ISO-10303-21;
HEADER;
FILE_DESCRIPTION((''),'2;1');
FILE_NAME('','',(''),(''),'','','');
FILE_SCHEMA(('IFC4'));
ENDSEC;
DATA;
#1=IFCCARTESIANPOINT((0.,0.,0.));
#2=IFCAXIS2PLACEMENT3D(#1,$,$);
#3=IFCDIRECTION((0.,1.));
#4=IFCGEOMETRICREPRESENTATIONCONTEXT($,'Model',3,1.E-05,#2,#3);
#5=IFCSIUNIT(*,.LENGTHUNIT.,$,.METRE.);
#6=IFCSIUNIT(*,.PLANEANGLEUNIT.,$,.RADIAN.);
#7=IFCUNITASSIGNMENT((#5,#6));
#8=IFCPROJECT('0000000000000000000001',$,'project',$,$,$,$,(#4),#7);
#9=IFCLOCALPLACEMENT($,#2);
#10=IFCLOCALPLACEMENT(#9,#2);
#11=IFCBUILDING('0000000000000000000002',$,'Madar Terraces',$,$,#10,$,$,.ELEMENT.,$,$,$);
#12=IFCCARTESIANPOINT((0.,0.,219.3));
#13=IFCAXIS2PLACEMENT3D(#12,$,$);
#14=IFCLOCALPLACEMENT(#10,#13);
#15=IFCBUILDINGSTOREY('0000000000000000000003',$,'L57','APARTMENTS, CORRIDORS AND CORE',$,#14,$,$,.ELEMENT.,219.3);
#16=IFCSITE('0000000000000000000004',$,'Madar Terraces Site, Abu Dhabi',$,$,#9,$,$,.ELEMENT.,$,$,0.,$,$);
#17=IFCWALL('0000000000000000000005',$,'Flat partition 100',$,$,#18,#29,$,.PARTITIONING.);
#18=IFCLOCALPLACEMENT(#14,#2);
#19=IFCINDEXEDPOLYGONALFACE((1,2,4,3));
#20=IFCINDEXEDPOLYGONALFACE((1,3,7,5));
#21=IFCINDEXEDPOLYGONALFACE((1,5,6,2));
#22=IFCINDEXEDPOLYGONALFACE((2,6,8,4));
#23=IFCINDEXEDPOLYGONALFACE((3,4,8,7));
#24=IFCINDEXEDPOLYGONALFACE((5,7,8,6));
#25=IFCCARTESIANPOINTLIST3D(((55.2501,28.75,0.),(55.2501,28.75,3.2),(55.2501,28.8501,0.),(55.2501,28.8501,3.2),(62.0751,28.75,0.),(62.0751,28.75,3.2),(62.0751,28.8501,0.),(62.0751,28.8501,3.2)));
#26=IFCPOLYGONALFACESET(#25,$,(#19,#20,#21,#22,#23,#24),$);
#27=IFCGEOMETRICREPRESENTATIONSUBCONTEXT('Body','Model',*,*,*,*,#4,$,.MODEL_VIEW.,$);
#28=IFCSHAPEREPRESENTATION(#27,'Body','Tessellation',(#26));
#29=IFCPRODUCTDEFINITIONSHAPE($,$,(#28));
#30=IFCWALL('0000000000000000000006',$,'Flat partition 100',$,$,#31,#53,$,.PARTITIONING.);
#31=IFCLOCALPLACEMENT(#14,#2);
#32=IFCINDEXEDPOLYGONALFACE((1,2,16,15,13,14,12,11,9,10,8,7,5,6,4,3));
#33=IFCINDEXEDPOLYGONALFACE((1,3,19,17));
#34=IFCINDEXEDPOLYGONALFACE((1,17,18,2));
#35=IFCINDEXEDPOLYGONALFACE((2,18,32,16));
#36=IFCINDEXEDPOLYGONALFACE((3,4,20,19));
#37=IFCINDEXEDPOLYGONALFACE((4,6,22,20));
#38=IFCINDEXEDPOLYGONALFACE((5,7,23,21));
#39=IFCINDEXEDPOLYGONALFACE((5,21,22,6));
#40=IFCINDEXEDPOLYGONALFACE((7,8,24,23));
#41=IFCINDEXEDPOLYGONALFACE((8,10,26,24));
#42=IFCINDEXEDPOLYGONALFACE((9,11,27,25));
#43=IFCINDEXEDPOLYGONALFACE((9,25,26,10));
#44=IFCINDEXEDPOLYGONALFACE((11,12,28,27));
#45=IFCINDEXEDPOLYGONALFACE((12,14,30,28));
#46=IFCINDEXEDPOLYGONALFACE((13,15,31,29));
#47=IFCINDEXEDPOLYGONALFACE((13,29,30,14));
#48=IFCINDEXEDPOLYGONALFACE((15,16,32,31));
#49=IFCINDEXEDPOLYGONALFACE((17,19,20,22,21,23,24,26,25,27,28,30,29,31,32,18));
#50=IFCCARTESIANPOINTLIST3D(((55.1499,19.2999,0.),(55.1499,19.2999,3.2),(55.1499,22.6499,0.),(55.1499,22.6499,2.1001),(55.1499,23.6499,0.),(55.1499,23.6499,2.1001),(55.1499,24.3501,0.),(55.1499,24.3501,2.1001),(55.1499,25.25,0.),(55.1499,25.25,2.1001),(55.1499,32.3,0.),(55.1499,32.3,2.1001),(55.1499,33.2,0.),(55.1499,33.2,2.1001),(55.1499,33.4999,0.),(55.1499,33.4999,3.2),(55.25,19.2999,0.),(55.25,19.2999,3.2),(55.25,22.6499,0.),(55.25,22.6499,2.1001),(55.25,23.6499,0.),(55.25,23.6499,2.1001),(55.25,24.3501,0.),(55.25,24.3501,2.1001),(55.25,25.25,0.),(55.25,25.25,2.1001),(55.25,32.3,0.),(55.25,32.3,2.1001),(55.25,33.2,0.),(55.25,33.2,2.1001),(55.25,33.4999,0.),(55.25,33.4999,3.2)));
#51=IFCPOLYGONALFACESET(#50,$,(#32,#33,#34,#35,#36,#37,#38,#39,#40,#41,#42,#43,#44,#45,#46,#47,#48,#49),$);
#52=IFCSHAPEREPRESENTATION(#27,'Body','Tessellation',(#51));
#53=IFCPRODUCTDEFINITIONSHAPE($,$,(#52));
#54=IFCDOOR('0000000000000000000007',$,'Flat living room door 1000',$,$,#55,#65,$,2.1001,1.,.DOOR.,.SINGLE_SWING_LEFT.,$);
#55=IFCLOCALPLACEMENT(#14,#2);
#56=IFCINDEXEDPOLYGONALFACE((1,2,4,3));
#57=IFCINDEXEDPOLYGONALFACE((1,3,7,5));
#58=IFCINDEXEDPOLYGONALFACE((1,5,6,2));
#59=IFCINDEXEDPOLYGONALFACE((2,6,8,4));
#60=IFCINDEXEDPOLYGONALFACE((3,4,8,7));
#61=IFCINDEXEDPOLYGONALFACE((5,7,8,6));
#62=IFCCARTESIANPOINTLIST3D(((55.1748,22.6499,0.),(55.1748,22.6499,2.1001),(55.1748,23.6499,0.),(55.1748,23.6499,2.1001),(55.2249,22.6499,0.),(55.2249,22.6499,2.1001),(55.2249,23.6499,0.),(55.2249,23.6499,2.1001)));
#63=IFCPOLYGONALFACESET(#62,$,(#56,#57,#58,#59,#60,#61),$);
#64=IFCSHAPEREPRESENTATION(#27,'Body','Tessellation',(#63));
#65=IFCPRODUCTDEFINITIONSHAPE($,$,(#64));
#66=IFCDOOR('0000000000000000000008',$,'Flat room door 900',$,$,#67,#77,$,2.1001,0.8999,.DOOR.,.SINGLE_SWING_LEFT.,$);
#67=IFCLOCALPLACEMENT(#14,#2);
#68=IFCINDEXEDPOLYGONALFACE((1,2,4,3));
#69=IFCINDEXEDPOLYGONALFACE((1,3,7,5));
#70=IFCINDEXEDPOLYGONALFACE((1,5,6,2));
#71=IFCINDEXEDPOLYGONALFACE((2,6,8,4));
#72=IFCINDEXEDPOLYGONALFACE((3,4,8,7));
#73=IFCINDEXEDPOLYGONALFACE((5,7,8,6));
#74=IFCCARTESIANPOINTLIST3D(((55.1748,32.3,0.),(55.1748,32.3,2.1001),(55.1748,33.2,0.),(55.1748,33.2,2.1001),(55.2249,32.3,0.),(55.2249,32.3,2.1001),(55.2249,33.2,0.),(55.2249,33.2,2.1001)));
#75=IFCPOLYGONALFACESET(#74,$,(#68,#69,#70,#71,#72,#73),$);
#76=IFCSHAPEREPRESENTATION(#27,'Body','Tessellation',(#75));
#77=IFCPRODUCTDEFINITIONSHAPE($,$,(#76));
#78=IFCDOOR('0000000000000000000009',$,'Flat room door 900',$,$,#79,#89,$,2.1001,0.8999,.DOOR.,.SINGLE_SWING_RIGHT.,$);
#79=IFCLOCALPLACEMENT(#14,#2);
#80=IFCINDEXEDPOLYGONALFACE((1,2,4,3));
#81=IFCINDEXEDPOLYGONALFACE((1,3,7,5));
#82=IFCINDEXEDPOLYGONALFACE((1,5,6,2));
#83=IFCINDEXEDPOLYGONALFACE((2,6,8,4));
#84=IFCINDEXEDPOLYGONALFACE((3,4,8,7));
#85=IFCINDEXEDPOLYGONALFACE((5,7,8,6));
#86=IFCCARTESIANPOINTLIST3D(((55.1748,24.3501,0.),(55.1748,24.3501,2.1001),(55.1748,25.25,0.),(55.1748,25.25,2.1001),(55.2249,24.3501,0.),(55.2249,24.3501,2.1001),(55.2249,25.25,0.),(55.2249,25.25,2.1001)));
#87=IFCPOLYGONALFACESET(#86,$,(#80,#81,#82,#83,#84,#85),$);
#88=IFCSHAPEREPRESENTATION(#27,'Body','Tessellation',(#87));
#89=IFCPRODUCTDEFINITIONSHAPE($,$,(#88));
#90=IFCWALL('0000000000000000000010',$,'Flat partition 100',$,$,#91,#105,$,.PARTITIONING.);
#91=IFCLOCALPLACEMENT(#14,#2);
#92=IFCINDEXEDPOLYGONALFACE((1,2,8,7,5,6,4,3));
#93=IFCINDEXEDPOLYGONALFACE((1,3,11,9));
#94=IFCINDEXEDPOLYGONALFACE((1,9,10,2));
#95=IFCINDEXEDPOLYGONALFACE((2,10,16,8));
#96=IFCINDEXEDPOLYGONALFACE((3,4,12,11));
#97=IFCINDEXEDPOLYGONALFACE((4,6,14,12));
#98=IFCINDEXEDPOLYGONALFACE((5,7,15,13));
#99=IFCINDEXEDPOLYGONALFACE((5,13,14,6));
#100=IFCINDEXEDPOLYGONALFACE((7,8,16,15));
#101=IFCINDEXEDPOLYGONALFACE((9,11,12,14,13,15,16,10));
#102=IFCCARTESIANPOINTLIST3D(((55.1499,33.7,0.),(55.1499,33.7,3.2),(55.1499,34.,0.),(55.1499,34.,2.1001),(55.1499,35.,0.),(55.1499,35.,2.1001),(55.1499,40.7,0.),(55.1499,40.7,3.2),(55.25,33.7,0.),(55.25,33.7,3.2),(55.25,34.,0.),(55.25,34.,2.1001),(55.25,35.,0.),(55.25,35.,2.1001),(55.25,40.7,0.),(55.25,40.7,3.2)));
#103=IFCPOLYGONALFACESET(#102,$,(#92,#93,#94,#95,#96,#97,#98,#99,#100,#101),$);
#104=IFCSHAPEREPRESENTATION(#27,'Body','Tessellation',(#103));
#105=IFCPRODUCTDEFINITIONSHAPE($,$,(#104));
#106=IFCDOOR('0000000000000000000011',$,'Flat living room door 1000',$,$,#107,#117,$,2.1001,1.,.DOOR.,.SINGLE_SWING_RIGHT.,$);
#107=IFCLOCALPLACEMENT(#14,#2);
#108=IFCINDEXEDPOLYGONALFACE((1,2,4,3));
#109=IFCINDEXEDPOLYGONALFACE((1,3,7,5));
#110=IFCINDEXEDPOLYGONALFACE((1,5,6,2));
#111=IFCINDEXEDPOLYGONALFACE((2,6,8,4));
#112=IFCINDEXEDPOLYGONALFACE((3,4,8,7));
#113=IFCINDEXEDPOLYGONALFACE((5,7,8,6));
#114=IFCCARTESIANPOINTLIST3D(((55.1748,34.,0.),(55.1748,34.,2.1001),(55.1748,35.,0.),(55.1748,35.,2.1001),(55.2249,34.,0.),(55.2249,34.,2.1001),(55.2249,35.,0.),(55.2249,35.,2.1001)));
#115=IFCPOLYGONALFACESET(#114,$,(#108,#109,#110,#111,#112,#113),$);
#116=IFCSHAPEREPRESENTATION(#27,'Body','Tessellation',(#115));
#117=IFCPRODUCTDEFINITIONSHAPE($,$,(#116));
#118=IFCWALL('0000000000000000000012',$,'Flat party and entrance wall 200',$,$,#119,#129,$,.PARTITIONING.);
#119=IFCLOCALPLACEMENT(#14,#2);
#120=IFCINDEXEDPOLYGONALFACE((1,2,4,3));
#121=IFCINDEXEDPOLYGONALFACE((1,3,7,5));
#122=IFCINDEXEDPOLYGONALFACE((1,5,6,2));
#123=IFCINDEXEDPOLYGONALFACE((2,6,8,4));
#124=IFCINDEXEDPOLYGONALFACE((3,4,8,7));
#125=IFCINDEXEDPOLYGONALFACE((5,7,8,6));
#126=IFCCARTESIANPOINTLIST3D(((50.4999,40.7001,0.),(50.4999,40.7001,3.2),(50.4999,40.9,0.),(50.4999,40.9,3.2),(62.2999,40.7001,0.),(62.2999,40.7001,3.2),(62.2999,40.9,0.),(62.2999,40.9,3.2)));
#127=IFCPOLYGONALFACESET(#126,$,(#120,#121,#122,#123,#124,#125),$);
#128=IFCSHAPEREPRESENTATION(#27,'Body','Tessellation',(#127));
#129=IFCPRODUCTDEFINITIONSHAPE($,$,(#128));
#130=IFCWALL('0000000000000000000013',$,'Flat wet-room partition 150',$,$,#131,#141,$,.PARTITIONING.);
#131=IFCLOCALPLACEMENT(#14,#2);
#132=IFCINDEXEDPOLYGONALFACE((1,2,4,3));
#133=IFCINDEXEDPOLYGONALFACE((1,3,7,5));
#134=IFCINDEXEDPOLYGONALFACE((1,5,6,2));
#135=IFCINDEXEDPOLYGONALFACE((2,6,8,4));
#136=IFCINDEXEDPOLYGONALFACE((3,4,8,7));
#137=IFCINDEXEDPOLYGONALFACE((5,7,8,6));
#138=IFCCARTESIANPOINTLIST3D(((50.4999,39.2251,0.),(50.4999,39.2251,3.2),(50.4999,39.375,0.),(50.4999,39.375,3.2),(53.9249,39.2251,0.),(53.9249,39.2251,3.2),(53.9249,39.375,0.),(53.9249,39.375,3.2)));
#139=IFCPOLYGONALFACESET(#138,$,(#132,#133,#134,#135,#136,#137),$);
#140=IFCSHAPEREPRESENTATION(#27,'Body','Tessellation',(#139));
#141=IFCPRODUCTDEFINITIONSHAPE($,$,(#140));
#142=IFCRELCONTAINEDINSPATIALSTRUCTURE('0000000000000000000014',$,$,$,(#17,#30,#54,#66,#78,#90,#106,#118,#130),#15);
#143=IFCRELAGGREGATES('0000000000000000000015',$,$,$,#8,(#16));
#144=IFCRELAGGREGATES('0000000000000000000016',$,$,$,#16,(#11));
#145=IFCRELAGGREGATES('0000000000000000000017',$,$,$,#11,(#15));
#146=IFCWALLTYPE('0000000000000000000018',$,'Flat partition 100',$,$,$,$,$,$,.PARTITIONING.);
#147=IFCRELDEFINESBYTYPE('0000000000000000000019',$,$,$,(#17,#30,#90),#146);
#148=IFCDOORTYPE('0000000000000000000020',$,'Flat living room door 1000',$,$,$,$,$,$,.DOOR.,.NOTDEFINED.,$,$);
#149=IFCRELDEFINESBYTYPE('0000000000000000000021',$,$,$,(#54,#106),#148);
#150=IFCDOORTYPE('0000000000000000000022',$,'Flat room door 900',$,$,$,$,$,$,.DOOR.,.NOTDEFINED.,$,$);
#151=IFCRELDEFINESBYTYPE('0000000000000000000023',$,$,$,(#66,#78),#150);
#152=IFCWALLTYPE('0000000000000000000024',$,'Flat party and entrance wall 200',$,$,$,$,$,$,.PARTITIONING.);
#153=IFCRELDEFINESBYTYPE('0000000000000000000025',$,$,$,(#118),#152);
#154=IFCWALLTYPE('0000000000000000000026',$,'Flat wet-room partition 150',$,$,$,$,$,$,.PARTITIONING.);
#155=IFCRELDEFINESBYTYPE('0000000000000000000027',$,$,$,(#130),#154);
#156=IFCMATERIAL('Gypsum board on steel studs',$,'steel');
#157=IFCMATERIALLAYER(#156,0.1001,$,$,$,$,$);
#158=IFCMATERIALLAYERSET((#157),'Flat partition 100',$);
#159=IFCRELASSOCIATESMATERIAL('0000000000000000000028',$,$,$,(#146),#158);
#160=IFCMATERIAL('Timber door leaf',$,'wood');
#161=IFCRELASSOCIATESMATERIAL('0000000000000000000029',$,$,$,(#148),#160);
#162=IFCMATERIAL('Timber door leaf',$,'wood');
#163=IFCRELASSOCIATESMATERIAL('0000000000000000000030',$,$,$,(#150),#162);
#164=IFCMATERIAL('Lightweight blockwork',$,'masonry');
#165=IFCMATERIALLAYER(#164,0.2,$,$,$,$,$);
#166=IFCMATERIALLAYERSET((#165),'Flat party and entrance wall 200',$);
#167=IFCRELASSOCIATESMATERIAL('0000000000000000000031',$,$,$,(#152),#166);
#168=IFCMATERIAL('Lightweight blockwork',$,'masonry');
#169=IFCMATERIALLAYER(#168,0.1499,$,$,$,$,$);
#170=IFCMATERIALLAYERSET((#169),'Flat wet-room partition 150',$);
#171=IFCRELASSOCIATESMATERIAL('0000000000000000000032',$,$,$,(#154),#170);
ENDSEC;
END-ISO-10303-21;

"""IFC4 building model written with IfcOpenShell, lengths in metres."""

from ifc_helpers import new_model, si_unit, direction, frame, frame_2d, origin, place, context, subcontext, project, spatial, rectangle, extrude, material, layer, layer_set, type_object, element, fill, save


model = new_model("IFC4")

# Units and contexts
model_context = context("Model", 3, precision=1e-05, world=origin(), true_north=direction((0.0, 1.0)))
body_context = subcontext(model_context, "Body", "Model", "MODEL_VIEW")
ifc_project = project(units=[si_unit("LENGTHUNIT", "METRE"), si_unit("PLANEANGLEUNIT", "RADIAN")], contexts=[model_context])

# Site, building, storey
site_placement = place(None, origin())
site = spatial("IfcSite", under=ifc_project, at=site_placement, Name="Madar Terraces Site, Abu Dhabi", CompositionType="ELEMENT", RefElevation=0.0)
building_placement = place(site_placement, origin())
building = spatial("IfcBuilding", under=site, at=building_placement, Name="Madar Terraces", CompositionType="ELEMENT")
storey_placement = place(building_placement, frame((0.0, 0.0, 219.3)))
storey = spatial("IfcBuildingStorey", under=building, at=storey_placement, Name="L57", Description="APARTMENTS, CORRIDORS AND CORE", CompositionType="ELEMENT", Elevation=219.3)

# Wall
ifc_material_1 = material(Name="Gypsum board on steel studs", Category="steel")
ifc_layer_1 = layer(ifc_material_1, 0.1001)
ifc_layer_set_1 = layer_set([ifc_layer_1], Name="Flat partition 100")
wall_type_1 = type_object("IfcWallType", Name="Flat partition 100", PredefinedType="PARTITIONING", material=ifc_layer_set_1)
wall_1_placement = place(storey_placement, frame((55.25, 28.8, 0.0), z_axis=(0.0, 0.0, 1.0), x_axis=(1.0, 0.0, 0.0)))
element("IfcWall", 1, at=wall_1_placement, inside=storey, type_object=wall_type_1, Name="Flat partition 100", PredefinedType="PARTITIONING", context=body_context, shape_type="SweptSolid", body=[
    extrude(rectangle(XDim=6.825, YDim=0.1001, at=frame_2d((3.4126, 0.0))), origin(), (0.0, 0.0, 1.0), 3.2),
])

# Wall, openings, doors
wall_2_placement = place(storey_placement, frame((55.2, 33.5, 0.0), z_axis=(0.0, 0.0, 1.0), x_axis=(0.0, -1.0, 0.0)))
wall_2 = element("IfcWall", 2, at=wall_2_placement, inside=storey, type_object=wall_type_1, Name="Flat partition 100", PredefinedType="PARTITIONING", context=body_context, shape_type="SweptSolid", body=[
    extrude(rectangle(XDim=14.2, YDim=0.1001, at=frame_2d((7.1001, 0.0))), origin(), (0.0, 0.0, 1.0), 3.2),
])
opening_1_placement = place(wall_2_placement, frame((0.3, 0.0, 0.0)))
opening_1 = element("IfcOpeningElement", 3, at=opening_1_placement, cuts=wall_2, PredefinedType="OPENING", context=body_context, shape_type="SweptSolid", body=[
    extrude(rectangle(XDim=0.8999, YDim=2.1001, at=frame_2d((0.45, 1.05))), frame((0.0, 0.0601, 0.0), z_axis=(0.0, -1.0, 0.0), x_axis=(1.0, 0.0, 0.0)), (0.0, 0.0, 1.0), 0.1201),
])
opening_2_placement = place(wall_2_placement, frame((8.25, 0.0, 0.0)))
opening_2 = element("IfcOpeningElement", 4, at=opening_2_placement, cuts=wall_2, PredefinedType="OPENING", context=body_context, shape_type="SweptSolid", body=[
    extrude(rectangle(XDim=0.8999, YDim=2.1001, at=frame_2d((0.45, 1.05))), frame((0.0, 0.0601, 0.0), z_axis=(0.0, -1.0, 0.0), x_axis=(1.0, 0.0, 0.0)), (0.0, 0.0, 1.0), 0.1201),
])
opening_3_placement = place(wall_2_placement, frame((9.8501, 0.0, 0.0)))
opening_3 = element("IfcOpeningElement", 5, at=opening_3_placement, cuts=wall_2, PredefinedType="OPENING", context=body_context, shape_type="SweptSolid", body=[
    extrude(rectangle(XDim=1.0, YDim=2.1001, at=frame_2d((0.5, 1.05))), frame((0.0, 0.0601, 0.0), z_axis=(0.0, -1.0, 0.0), x_axis=(1.0, 0.0, 0.0)), (0.0, 0.0, 1.0), 0.1201),
])
ifc_material_2 = material(Name="Timber door leaf", Category="wood")
door_type_1 = type_object("IfcDoorType", Name="Flat living room door 1000", OperationType="NOTDEFINED", PredefinedType="DOOR", material=ifc_material_2)
door_1_placement = place(opening_3_placement, origin())
door_1 = element("IfcDoor", 6, at=door_1_placement, inside=storey, type_object=door_type_1, Name="Flat living room door 1000", OperationType="SINGLE_SWING_LEFT", OverallHeight=2.1001, OverallWidth=1.0, PredefinedType="DOOR", context=body_context, shape_type="SweptSolid", body=[
    extrude(rectangle(XDim=1.0, YDim=2.1001, at=frame_2d((0.5, 1.05))), frame((0.0, 0.0249, 0.0), z_axis=(0.0, -1.0, 0.0), x_axis=(1.0, 0.0, 0.0)), (0.0, 0.0, 1.0), 0.05),
])
fill(opening_3, door_1)
ifc_material_3 = material(Name="Timber door leaf", Category="wood")
door_type_2 = type_object("IfcDoorType", Name="Flat room door 900", OperationType="NOTDEFINED", PredefinedType="DOOR", material=ifc_material_3)
door_2_placement = place(opening_1_placement, origin())
door_2 = element("IfcDoor", 7, at=door_2_placement, inside=storey, type_object=door_type_2, Name="Flat room door 900", OperationType="SINGLE_SWING_LEFT", OverallHeight=2.1001, OverallWidth=0.8999, PredefinedType="DOOR", context=body_context, shape_type="SweptSolid", body=[
    extrude(rectangle(XDim=0.8999, YDim=2.1001, at=frame_2d((0.45, 1.05))), frame((0.0, 0.0249, 0.0), z_axis=(0.0, -1.0, 0.0), x_axis=(1.0, 0.0, 0.0)), (0.0, 0.0, 1.0), 0.05),
])
fill(opening_1, door_2)
door_3_placement = place(opening_2_placement, origin())
door_3 = element("IfcDoor", 8, at=door_3_placement, inside=storey, type_object=door_type_2, Name="Flat room door 900", OperationType="SINGLE_SWING_RIGHT", OverallHeight=2.1001, OverallWidth=0.8999, PredefinedType="DOOR", context=body_context, shape_type="SweptSolid", body=[
    extrude(rectangle(XDim=0.8999, YDim=2.1001, at=frame_2d((0.45, 1.05))), frame((0.0, 0.0249, 0.0), z_axis=(0.0, -1.0, 0.0), x_axis=(1.0, 0.0, 0.0)), (0.0, 0.0, 1.0), 0.05),
])
fill(opening_2, door_3)

# Wall, opening, door
wall_3_placement = place(storey_placement, frame((55.2, 40.7, 0.0), z_axis=(0.0, 0.0, 1.0), x_axis=(0.0, -1.0, 0.0)))
wall_3 = element("IfcWall", 9, at=wall_3_placement, inside=storey, type_object=wall_type_1, Name="Flat partition 100", PredefinedType="PARTITIONING", context=body_context, shape_type="SweptSolid", body=[
    extrude(rectangle(XDim=7.0, YDim=0.1001, at=frame_2d((3.5, 0.0))), origin(), (0.0, 0.0, 1.0), 3.2),
])
opening_4_placement = place(wall_3_placement, frame((5.7, 0.0, 0.0)))
opening_4 = element("IfcOpeningElement", 10, at=opening_4_placement, cuts=wall_3, PredefinedType="OPENING", context=body_context, shape_type="SweptSolid", body=[
    extrude(rectangle(XDim=1.0, YDim=2.1001, at=frame_2d((0.5, 1.05))), frame((0.0, 0.0601, 0.0), z_axis=(0.0, -1.0, 0.0), x_axis=(1.0, 0.0, 0.0)), (0.0, 0.0, 1.0), 0.1201),
])
door_4_placement = place(opening_4_placement, origin())
door_4 = element("IfcDoor", 11, at=door_4_placement, inside=storey, type_object=door_type_1, Name="Flat living room door 1000", OperationType="SINGLE_SWING_RIGHT", OverallHeight=2.1001, OverallWidth=1.0, PredefinedType="DOOR", context=body_context, shape_type="SweptSolid", body=[
    extrude(rectangle(XDim=1.0, YDim=2.1001, at=frame_2d((0.5, 1.05))), frame((0.0, 0.0249, 0.0), z_axis=(0.0, -1.0, 0.0), x_axis=(1.0, 0.0, 0.0)), (0.0, 0.0, 1.0), 0.05),
])
fill(opening_4, door_4)

# Walls
ifc_material_4 = material(Name="Lightweight blockwork", Category="masonry")
ifc_layer_2 = layer(ifc_material_4, 0.2)
ifc_layer_set_2 = layer_set([ifc_layer_2], Name="Flat party and entrance wall 200")
wall_type_2 = type_object("IfcWallType", Name="Flat party and entrance wall 200", PredefinedType="PARTITIONING", material=ifc_layer_set_2)
wall_4_placement = place(storey_placement, frame((50.5, 40.8, 0.0), z_axis=(0.0, 0.0, 1.0), x_axis=(1.0, 0.0, 0.0)))
element("IfcWall", 12, at=wall_4_placement, inside=storey, type_object=wall_type_2, Name="Flat party and entrance wall 200", PredefinedType="PARTITIONING", context=body_context, shape_type="SweptSolid", body=[
    extrude(rectangle(XDim=11.8, YDim=0.2, at=frame_2d((5.8999, 0.0))), origin(), (0.0, 0.0, 1.0), 3.2),
])
ifc_material_5 = material(Name="Lightweight blockwork", Category="masonry")
ifc_layer_3 = layer(ifc_material_5, 0.1499)
ifc_layer_set_3 = layer_set([ifc_layer_3], Name="Flat wet-room partition 150")
wall_type_3 = type_object("IfcWallType", Name="Flat wet-room partition 150", PredefinedType="PARTITIONING", material=ifc_layer_set_3)
wall_5_placement = place(storey_placement, frame((50.5, 39.3, 0.0), z_axis=(0.0, 0.0, 1.0), x_axis=(1.0, 0.0, 0.0)))
element("IfcWall", 13, at=wall_5_placement, inside=storey, type_object=wall_type_3, Name="Flat wet-room partition 150", PredefinedType="PARTITIONING", context=body_context, shape_type="SweptSolid", body=[
    extrude(rectangle(XDim=3.425, YDim=0.1499, at=frame_2d((1.7124, 0.0))), origin(), (0.0, 0.0, 1.0), 3.2),
])

save(model, "model.ifc")
